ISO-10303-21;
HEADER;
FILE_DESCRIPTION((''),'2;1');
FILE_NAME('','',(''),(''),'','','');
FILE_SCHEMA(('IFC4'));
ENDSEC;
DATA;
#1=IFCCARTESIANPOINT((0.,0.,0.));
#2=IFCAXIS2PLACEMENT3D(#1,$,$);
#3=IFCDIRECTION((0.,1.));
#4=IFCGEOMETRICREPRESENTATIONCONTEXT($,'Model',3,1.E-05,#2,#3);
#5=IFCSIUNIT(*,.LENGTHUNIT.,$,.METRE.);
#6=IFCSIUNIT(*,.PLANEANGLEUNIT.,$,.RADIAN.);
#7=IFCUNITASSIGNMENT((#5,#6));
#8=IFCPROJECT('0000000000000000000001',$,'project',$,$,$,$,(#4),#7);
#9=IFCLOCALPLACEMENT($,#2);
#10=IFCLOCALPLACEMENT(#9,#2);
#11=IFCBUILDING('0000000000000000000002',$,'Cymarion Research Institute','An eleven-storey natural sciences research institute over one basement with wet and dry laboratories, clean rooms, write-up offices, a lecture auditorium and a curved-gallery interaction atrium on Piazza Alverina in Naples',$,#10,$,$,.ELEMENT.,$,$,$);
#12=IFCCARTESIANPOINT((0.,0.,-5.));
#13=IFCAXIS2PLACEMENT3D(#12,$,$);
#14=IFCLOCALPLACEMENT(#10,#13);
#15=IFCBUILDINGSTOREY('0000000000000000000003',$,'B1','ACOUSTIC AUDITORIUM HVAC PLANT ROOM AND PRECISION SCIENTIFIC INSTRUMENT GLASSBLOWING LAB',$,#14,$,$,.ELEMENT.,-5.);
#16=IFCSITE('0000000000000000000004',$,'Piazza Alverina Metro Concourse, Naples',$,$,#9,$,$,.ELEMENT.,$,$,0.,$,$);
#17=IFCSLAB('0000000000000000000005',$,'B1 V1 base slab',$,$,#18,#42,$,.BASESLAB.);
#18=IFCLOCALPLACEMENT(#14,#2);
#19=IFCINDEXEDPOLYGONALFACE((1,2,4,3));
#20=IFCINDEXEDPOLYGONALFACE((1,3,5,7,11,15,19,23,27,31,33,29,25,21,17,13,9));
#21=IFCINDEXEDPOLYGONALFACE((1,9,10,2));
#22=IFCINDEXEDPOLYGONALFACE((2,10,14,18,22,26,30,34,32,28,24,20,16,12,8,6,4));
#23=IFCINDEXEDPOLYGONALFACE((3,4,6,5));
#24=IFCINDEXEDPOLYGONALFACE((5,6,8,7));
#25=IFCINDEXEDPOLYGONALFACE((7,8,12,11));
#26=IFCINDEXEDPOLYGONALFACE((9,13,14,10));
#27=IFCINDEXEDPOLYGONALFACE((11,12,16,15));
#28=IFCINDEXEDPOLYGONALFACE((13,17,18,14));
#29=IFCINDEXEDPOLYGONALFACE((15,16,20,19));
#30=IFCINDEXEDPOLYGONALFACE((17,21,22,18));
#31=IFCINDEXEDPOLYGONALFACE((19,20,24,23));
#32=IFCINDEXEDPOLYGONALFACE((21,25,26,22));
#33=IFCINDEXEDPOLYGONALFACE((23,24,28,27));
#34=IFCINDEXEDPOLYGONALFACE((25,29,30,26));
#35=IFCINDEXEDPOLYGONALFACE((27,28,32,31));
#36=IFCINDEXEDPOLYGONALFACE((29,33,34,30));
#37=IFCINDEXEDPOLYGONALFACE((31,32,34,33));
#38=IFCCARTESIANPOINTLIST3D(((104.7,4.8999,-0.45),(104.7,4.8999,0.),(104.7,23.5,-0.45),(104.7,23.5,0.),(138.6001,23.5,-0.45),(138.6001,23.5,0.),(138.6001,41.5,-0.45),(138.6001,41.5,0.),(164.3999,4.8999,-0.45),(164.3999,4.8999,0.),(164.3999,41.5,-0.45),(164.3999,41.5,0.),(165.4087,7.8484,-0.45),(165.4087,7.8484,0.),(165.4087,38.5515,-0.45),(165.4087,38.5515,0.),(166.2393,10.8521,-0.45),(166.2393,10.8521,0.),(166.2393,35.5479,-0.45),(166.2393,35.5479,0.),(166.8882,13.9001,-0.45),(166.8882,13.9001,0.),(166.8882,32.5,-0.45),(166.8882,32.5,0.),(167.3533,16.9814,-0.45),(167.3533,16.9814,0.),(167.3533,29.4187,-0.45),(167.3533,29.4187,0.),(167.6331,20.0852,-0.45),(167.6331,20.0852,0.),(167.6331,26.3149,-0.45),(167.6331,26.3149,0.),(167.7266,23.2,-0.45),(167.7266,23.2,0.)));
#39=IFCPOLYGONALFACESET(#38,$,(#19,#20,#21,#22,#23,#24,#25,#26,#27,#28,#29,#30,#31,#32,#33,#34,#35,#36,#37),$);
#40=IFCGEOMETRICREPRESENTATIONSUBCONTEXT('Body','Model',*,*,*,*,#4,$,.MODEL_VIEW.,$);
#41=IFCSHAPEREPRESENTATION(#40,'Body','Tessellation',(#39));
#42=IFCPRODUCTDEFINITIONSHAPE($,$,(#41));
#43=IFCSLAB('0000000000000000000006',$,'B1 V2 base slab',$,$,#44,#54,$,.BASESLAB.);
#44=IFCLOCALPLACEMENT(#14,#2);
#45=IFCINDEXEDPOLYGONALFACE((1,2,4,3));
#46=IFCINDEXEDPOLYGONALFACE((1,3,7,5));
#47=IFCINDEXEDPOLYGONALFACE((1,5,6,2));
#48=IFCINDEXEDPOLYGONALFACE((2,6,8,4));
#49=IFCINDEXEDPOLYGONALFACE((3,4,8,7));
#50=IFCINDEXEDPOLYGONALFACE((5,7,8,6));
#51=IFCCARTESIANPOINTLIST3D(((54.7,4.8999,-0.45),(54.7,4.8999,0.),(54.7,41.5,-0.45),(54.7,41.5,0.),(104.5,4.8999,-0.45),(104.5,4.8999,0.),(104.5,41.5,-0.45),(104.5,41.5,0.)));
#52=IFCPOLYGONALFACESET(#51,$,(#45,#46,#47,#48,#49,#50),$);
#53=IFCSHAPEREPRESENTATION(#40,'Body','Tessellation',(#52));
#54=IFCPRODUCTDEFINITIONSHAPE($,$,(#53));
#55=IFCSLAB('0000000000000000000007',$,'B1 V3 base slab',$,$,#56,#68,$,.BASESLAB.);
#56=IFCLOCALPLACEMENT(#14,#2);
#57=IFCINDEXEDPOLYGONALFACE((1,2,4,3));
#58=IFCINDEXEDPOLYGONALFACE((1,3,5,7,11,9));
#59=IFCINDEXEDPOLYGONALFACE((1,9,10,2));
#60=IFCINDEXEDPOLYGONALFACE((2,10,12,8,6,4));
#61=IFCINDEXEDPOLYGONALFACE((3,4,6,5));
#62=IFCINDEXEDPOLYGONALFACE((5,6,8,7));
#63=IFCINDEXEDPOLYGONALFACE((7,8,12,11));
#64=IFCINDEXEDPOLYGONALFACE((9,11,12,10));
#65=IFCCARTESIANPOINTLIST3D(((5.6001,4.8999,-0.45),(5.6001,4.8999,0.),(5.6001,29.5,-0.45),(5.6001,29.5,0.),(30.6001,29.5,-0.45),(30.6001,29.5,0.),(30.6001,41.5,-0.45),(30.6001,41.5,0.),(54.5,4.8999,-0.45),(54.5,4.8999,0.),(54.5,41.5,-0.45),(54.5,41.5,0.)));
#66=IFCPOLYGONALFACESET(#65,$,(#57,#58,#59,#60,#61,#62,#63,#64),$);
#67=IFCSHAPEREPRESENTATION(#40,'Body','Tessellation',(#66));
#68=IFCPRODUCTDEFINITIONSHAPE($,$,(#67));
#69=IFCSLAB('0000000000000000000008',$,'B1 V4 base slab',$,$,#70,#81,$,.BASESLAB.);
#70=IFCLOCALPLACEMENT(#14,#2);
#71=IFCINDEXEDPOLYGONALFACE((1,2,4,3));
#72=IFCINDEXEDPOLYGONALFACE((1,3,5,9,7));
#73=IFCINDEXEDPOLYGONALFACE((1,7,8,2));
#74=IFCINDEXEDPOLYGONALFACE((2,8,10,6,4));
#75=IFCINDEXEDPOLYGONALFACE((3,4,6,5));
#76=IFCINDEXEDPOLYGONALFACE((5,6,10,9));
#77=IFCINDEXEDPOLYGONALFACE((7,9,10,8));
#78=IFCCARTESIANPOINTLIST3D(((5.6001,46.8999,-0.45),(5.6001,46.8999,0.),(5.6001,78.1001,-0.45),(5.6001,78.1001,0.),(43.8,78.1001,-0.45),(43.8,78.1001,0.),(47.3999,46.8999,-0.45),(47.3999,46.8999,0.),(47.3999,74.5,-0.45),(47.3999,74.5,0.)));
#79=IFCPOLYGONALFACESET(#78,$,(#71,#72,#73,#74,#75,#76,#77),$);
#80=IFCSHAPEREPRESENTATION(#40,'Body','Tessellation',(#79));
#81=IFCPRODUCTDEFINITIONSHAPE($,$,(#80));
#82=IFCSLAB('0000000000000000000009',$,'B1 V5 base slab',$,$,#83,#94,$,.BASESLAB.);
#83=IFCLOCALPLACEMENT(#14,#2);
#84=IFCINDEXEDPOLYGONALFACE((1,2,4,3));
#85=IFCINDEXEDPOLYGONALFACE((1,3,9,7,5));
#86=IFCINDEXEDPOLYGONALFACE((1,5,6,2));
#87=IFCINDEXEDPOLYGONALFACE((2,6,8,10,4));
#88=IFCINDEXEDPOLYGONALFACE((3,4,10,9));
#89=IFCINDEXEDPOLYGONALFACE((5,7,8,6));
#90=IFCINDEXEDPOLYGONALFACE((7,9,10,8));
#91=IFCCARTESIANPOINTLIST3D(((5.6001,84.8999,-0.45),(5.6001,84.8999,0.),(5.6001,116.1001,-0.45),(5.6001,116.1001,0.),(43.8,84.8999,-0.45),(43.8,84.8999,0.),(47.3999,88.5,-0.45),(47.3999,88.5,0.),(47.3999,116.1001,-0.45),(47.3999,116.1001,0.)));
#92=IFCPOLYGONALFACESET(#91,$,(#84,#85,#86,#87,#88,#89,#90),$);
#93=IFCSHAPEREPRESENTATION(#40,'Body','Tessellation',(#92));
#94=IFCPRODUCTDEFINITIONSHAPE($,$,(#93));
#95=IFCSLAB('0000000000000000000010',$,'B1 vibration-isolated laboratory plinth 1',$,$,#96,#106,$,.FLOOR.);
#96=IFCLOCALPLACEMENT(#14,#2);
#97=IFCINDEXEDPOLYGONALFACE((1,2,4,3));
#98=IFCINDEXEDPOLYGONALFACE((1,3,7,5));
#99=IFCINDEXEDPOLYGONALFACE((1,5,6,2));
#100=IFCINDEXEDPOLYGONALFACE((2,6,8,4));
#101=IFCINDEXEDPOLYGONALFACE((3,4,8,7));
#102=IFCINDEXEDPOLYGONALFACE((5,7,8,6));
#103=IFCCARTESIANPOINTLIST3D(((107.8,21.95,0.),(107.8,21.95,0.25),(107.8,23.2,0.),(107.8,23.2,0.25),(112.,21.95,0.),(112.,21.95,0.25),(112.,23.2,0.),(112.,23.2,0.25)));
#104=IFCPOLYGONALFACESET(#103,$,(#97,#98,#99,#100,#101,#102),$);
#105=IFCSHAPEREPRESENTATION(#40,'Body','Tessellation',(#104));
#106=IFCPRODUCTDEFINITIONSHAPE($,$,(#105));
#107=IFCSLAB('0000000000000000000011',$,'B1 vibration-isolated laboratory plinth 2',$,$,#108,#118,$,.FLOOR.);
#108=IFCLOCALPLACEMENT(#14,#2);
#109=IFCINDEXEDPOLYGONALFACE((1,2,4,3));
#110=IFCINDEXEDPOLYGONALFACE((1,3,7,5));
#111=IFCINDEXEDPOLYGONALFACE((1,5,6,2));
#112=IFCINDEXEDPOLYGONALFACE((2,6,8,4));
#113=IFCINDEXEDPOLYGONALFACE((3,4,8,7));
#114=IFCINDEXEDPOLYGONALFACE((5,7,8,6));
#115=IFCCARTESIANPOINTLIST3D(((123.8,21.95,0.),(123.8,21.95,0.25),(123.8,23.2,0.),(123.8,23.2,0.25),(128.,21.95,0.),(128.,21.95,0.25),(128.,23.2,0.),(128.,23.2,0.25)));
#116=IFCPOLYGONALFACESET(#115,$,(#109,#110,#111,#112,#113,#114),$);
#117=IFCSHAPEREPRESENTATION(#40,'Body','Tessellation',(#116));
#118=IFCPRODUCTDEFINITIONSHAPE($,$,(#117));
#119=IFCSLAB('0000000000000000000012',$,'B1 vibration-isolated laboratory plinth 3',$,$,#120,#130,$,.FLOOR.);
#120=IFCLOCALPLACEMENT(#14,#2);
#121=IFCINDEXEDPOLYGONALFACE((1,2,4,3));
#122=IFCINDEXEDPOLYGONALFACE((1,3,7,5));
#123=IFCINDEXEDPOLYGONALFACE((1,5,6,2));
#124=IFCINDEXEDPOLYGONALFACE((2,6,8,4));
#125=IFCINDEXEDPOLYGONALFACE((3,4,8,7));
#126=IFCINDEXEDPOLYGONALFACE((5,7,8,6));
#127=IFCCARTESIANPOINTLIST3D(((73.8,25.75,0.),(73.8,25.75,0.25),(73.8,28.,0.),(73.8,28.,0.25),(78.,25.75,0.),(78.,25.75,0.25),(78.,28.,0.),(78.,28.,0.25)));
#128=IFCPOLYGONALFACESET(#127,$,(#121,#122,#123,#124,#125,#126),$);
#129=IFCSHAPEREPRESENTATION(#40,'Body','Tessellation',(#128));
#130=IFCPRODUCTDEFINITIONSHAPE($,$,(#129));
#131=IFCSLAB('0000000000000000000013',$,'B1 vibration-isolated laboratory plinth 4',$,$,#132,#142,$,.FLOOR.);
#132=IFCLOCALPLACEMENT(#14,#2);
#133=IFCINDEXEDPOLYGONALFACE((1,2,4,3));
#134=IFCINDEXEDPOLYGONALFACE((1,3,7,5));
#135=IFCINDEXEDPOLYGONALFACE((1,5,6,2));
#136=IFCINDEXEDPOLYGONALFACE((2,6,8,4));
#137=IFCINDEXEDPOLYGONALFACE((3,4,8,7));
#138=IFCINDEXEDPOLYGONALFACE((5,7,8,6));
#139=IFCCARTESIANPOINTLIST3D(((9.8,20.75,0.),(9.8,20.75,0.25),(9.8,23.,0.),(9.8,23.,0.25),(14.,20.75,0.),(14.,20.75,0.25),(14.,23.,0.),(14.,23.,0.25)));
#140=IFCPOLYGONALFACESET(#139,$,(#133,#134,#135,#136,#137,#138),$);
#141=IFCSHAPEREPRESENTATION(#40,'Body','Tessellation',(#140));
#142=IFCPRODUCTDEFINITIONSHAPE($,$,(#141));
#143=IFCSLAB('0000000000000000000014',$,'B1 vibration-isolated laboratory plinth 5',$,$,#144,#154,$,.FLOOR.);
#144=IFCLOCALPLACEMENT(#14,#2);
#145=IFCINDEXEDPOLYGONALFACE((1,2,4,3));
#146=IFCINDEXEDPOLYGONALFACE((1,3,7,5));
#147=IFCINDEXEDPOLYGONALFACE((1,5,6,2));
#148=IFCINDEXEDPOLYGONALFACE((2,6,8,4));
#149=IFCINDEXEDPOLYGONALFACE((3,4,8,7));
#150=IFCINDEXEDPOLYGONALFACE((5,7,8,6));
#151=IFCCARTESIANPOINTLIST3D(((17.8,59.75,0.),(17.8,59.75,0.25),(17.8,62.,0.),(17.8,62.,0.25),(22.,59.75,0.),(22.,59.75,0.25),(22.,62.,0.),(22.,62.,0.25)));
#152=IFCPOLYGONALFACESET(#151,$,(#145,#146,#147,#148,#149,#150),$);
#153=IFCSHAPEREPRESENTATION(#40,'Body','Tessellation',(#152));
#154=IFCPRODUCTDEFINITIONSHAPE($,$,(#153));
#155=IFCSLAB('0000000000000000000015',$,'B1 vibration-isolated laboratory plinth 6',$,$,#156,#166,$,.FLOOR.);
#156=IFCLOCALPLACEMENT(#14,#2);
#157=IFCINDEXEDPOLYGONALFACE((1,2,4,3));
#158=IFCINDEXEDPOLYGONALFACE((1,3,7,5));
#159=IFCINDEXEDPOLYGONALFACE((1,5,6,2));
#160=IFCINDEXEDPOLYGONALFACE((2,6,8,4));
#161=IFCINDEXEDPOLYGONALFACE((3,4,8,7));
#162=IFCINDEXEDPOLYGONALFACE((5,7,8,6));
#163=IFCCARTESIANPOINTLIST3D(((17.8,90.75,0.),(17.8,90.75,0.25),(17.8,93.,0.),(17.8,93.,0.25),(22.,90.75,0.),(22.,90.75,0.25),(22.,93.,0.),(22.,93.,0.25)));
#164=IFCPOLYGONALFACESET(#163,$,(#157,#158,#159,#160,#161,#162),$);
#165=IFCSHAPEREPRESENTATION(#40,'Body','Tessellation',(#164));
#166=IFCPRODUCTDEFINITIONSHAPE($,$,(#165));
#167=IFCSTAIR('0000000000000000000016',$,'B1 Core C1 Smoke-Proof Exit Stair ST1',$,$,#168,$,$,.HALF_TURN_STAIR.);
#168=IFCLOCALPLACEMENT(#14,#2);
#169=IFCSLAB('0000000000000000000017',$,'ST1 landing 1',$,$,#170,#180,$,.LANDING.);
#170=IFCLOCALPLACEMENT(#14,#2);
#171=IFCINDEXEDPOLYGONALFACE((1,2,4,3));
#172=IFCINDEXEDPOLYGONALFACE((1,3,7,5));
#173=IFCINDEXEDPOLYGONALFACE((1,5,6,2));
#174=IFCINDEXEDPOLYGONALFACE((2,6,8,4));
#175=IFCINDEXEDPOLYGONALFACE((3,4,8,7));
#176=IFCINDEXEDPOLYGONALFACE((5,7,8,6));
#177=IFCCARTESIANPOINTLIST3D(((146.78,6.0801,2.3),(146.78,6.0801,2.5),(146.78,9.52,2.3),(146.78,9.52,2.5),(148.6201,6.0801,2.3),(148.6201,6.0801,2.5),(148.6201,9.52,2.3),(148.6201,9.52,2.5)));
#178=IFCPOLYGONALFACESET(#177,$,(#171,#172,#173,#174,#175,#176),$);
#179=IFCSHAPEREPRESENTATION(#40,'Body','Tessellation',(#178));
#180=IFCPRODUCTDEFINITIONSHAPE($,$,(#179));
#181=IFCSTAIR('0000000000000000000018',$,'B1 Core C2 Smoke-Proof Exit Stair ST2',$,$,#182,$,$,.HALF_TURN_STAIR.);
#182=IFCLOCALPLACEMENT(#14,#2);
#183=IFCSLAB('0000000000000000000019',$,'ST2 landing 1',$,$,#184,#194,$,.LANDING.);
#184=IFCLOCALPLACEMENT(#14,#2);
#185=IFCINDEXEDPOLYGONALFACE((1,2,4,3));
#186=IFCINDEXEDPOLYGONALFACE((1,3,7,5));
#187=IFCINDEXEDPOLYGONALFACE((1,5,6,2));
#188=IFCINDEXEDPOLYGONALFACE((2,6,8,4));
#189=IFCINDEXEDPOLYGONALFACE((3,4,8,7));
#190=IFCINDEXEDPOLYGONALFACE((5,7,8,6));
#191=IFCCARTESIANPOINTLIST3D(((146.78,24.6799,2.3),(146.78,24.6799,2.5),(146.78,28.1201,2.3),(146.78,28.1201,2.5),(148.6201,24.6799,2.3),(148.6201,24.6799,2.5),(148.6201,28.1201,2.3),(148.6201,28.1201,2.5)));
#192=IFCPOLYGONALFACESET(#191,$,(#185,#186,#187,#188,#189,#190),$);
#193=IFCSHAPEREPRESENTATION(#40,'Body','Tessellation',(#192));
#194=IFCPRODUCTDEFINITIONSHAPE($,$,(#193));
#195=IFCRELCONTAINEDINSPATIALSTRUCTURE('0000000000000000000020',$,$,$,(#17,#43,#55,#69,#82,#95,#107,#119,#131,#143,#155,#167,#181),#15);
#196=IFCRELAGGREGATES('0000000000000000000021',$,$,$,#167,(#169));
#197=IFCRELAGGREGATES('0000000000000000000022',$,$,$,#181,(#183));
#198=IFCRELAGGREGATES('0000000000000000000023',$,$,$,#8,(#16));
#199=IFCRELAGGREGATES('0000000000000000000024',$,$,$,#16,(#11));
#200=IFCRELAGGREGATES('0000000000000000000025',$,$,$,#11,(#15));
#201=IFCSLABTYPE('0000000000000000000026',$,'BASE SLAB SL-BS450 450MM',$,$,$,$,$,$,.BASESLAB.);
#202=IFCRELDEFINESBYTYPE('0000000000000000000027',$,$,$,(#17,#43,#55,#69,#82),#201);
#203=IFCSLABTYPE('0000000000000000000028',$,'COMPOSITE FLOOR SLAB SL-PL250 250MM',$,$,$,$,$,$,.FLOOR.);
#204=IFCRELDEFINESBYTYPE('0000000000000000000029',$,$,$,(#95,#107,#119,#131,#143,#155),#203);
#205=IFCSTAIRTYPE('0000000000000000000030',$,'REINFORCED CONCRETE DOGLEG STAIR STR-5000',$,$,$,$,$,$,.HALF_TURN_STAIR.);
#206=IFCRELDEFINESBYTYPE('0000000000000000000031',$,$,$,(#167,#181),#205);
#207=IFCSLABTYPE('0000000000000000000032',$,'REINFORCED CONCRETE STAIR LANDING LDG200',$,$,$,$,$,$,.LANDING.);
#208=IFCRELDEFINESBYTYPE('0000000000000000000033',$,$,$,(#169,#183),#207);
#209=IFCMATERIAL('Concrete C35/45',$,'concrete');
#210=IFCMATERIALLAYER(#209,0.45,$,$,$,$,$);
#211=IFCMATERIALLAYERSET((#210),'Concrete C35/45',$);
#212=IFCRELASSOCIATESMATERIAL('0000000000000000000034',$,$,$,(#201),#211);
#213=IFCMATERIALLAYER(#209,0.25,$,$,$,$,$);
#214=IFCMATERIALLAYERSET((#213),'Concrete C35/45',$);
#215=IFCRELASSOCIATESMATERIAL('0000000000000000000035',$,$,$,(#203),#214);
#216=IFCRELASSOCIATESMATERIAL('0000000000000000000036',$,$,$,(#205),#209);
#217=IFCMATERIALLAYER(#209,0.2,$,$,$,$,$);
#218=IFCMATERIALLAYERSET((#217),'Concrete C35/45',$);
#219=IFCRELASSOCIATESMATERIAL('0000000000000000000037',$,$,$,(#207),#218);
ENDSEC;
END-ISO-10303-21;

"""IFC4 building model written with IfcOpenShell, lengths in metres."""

from ifc_helpers import new_model, si_unit, direction, frame, origin, place, context, subcontext, project, spatial, polyline, outline, extrude, material, layer, layer_set, type_object, element, aggregate, save


model = new_model("IFC4")

# Units and contexts
model_context = context("Model", 3, precision=1e-05, world=origin(), true_north=direction((0.0, 1.0)))
body_context = subcontext(model_context, "Body", "Model", "MODEL_VIEW")
ifc_project = project(units=[si_unit("LENGTHUNIT", "METRE"), si_unit("PLANEANGLEUNIT", "RADIAN")], contexts=[model_context])

# Site, building, storey
site_placement = place(None, origin())
site = spatial("IfcSite", under=ifc_project, at=site_placement, Name="Piazza Alverina Metro Concourse, Naples", CompositionType="ELEMENT", RefElevation=0.0)
building_placement = place(site_placement, origin())
building = spatial("IfcBuilding", under=site, at=building_placement, Name="Cymarion Research Institute", Description="An eleven-storey natural sciences research institute over one basement with wet and dry laboratories, clean rooms, write-up offices, a lecture auditorium and a curved-gallery interaction atrium on Piazza Alverina in Naples", CompositionType="ELEMENT")
storey_placement = place(building_placement, frame((0.0, 0.0, -5.0)))
storey = spatial("IfcBuildingStorey", under=building, at=storey_placement, Name="B1", Description="ACOUSTIC AUDITORIUM HVAC PLANT ROOM AND PRECISION SCIENTIFIC INSTRUMENT GLASSBLOWING LAB", CompositionType="ELEMENT", Elevation=-5.0)

# Slabs
ifc_material_1 = material(Name="Concrete C35/45", Category="concrete")
ifc_layer_1 = layer(ifc_material_1, 0.45)
ifc_layer_set_1 = layer_set([ifc_layer_1], Name="Concrete C35/45")
slab_type_1 = type_object("IfcSlabType", Name="BASE SLAB SL-BS450 450MM", PredefinedType="BASESLAB", material=ifc_layer_set_1)
slab_1_placement = place(storey_placement, frame((0.0, 0.0, -0.45)))
element("IfcSlab", 1, at=slab_1_placement, inside=storey, type_object=slab_type_1, Name="B1 V1 base slab", PredefinedType="BASESLAB", context=body_context, shape_type="SweptSolid", body=[
    extrude(outline(polyline([(104.7, 4.8999), (164.3999, 4.8999), (165.4087, 7.8484), (166.2393, 10.8521), (166.8882, 13.9001), (167.3533, 16.9814), (167.6331, 20.0852), (167.7266, 23.2), (167.6331, 26.3149), (167.3533, 29.4187), (166.8882, 32.5), (166.2393, 35.5479), (165.4087, 38.5515), (164.3999, 41.5), (138.6001, 41.5), (138.6001, 23.5), (104.7, 23.5), (104.7, 4.8999)])), origin(), (0.0, 0.0, 1.0), 0.45),
])
slab_2_placement = place(storey_placement, frame((0.0, 0.0, -0.45)))
element("IfcSlab", 2, at=slab_2_placement, inside=storey, type_object=slab_type_1, Name="B1 V2 base slab", PredefinedType="BASESLAB", context=body_context, shape_type="SweptSolid", body=[
    extrude(outline(polyline([(54.7, 4.8999), (104.5, 4.8999), (104.5, 41.5), (54.7, 41.5), (54.7, 4.8999)])), origin(), (0.0, 0.0, 1.0), 0.45),
])
slab_3_placement = place(storey_placement, frame((0.0, 0.0, -0.45)))
element("IfcSlab", 3, at=slab_3_placement, inside=storey, type_object=slab_type_1, Name="B1 V3 base slab", PredefinedType="BASESLAB", context=body_context, shape_type="SweptSolid", body=[
    extrude(outline(polyline([(5.6001, 4.8999), (54.5, 4.8999), (54.5, 41.5), (30.6001, 41.5), (30.6001, 29.5), (5.6001, 29.5), (5.6001, 4.8999)])), origin(), (0.0, 0.0, 1.0), 0.45),
])
slab_4_placement = place(storey_placement, frame((0.0, 0.0, -0.45)))
element("IfcSlab", 4, at=slab_4_placement, inside=storey, type_object=slab_type_1, Name="B1 V4 base slab", PredefinedType="BASESLAB", context=body_context, shape_type="SweptSolid", body=[
    extrude(outline(polyline([(5.6001, 46.8999), (47.3999, 46.8999), (47.3999, 74.5), (43.8, 78.1001), (5.6001, 78.1001), (5.6001, 46.8999)])), origin(), (0.0, 0.0, 1.0), 0.45),
])
slab_5_placement = place(storey_placement, frame((0.0, 0.0, -0.45)))
element("IfcSlab", 5, at=slab_5_placement, inside=storey, type_object=slab_type_1, Name="B1 V5 base slab", PredefinedType="BASESLAB", context=body_context, shape_type="SweptSolid", body=[
    extrude(outline(polyline([(5.6001, 84.8999), (43.8, 84.8999), (47.3999, 88.5), (47.3999, 116.1001), (5.6001, 116.1001), (5.6001, 84.8999)])), origin(), (0.0, 0.0, 1.0), 0.45),
])
ifc_layer_2 = layer(ifc_material_1, 0.25)
ifc_layer_set_2 = layer_set([ifc_layer_2], Name="Concrete C35/45")
slab_type_2 = type_object("IfcSlabType", Name="COMPOSITE FLOOR SLAB SL-PL250 250MM", PredefinedType="FLOOR", material=ifc_layer_set_2)
slab_6_placement = place(storey_placement, origin())
element("IfcSlab", 6, at=slab_6_placement, inside=storey, type_object=slab_type_2, Name="B1 vibration-isolated laboratory plinth 1", PredefinedType="FLOOR", context=body_context, shape_type="SweptSolid", body=[
    extrude(outline(polyline([(107.8, 21.95), (112.0, 21.95), (112.0, 23.2), (107.8, 23.2), (107.8, 21.95)])), origin(), (0.0, 0.0, 1.0), 0.25),
])
slab_7_placement = place(storey_placement, origin())
element("IfcSlab", 7, at=slab_7_placement, inside=storey, type_object=slab_type_2, Name="B1 vibration-isolated laboratory plinth 2", PredefinedType="FLOOR", context=body_context, shape_type="SweptSolid", body=[
    extrude(outline(polyline([(123.8, 21.95), (128.0, 21.95), (128.0, 23.2), (123.8, 23.2), (123.8, 21.95)])), origin(), (0.0, 0.0, 1.0), 0.25),
])
slab_8_placement = place(storey_placement, origin())
element("IfcSlab", 8, at=slab_8_placement, inside=storey, type_object=slab_type_2, Name="B1 vibration-isolated laboratory plinth 3", PredefinedType="FLOOR", context=body_context, shape_type="SweptSolid", body=[
    extrude(outline(polyline([(73.8, 25.75), (78.0, 25.75), (78.0, 28.0), (73.8, 28.0), (73.8, 25.75)])), origin(), (0.0, 0.0, 1.0), 0.25),
])
slab_9_placement = place(storey_placement, origin())
element("IfcSlab", 9, at=slab_9_placement, inside=storey, type_object=slab_type_2, Name="B1 vibration-isolated laboratory plinth 4", PredefinedType="FLOOR", context=body_context, shape_type="SweptSolid", body=[
    extrude(outline(polyline([(9.8, 20.75), (14.0, 20.75), (14.0, 23.0), (9.8, 23.0), (9.8, 20.75)])), origin(), (0.0, 0.0, 1.0), 0.25),
])
slab_10_placement = place(storey_placement, origin())
element("IfcSlab", 10, at=slab_10_placement, inside=storey, type_object=slab_type_2, Name="B1 vibration-isolated laboratory plinth 5", PredefinedType="FLOOR", context=body_context, shape_type="SweptSolid", body=[
    extrude(outline(polyline([(17.8, 59.75), (22.0, 59.75), (22.0, 62.0), (17.8, 62.0), (17.8, 59.75)])), origin(), (0.0, 0.0, 1.0), 0.25),
])
slab_11_placement = place(storey_placement, origin())
element("IfcSlab", 11, at=slab_11_placement, inside=storey, type_object=slab_type_2, Name="B1 vibration-isolated laboratory plinth 6", PredefinedType="FLOOR", context=body_context, shape_type="SweptSolid", body=[
    extrude(outline(polyline([(17.8, 90.75), (22.0, 90.75), (22.0, 93.0), (17.8, 93.0), (17.8, 90.75)])), origin(), (0.0, 0.0, 1.0), 0.25),
])

# Stairs, slabs
stair_type = type_object("IfcStairType", Name="REINFORCED CONCRETE DOGLEG STAIR STR-5000", PredefinedType="HALF_TURN_STAIR", material=ifc_material_1)
stair_1_placement = place(storey_placement, origin())
stair_1 = element("IfcStair", 12, at=stair_1_placement, inside=storey, type_object=stair_type, Name="B1 Core C1 Smoke-Proof Exit Stair ST1", PredefinedType="HALF_TURN_STAIR")
ifc_layer_3 = layer(ifc_material_1, 0.2)
ifc_layer_set_3 = layer_set([ifc_layer_3], Name="Concrete C35/45")
slab_type_3 = type_object("IfcSlabType", Name="REINFORCED CONCRETE STAIR LANDING LDG200", PredefinedType="LANDING", material=ifc_layer_set_3)
slab_12_placement = place(storey_placement, frame((0.0, 0.0, 2.3)))
slab_12 = element("IfcSlab", 13, at=slab_12_placement, type_object=slab_type_3, Name="ST1 landing 1", PredefinedType="LANDING", context=body_context, shape_type="SweptSolid", body=[
    extrude(outline(polyline([(148.6201, 9.52), (148.6201, 6.0801), (146.78, 6.0801), (146.78, 9.52), (148.6201, 9.52)])), origin(), (0.0, 0.0, 1.0), 0.2),
])
aggregate(stair_1, [slab_12])
stair_2_placement = place(storey_placement, origin())
stair_2 = element("IfcStair", 14, at=stair_2_placement, inside=storey, type_object=stair_type, Name="B1 Core C2 Smoke-Proof Exit Stair ST2", PredefinedType="HALF_TURN_STAIR")
slab_13_placement = place(storey_placement, frame((0.0, 0.0, 2.3)))
slab_13 = element("IfcSlab", 15, at=slab_13_placement, type_object=slab_type_3, Name="ST2 landing 1", PredefinedType="LANDING", context=body_context, shape_type="SweptSolid", body=[
    extrude(outline(polyline([(148.6201, 28.1201), (148.6201, 24.6799), (146.78, 24.6799), (146.78, 28.1201), (148.6201, 28.1201)])), origin(), (0.0, 0.0, 1.0), 0.2),
])
aggregate(stair_2, [slab_13])

save(model, "model.ifc")
